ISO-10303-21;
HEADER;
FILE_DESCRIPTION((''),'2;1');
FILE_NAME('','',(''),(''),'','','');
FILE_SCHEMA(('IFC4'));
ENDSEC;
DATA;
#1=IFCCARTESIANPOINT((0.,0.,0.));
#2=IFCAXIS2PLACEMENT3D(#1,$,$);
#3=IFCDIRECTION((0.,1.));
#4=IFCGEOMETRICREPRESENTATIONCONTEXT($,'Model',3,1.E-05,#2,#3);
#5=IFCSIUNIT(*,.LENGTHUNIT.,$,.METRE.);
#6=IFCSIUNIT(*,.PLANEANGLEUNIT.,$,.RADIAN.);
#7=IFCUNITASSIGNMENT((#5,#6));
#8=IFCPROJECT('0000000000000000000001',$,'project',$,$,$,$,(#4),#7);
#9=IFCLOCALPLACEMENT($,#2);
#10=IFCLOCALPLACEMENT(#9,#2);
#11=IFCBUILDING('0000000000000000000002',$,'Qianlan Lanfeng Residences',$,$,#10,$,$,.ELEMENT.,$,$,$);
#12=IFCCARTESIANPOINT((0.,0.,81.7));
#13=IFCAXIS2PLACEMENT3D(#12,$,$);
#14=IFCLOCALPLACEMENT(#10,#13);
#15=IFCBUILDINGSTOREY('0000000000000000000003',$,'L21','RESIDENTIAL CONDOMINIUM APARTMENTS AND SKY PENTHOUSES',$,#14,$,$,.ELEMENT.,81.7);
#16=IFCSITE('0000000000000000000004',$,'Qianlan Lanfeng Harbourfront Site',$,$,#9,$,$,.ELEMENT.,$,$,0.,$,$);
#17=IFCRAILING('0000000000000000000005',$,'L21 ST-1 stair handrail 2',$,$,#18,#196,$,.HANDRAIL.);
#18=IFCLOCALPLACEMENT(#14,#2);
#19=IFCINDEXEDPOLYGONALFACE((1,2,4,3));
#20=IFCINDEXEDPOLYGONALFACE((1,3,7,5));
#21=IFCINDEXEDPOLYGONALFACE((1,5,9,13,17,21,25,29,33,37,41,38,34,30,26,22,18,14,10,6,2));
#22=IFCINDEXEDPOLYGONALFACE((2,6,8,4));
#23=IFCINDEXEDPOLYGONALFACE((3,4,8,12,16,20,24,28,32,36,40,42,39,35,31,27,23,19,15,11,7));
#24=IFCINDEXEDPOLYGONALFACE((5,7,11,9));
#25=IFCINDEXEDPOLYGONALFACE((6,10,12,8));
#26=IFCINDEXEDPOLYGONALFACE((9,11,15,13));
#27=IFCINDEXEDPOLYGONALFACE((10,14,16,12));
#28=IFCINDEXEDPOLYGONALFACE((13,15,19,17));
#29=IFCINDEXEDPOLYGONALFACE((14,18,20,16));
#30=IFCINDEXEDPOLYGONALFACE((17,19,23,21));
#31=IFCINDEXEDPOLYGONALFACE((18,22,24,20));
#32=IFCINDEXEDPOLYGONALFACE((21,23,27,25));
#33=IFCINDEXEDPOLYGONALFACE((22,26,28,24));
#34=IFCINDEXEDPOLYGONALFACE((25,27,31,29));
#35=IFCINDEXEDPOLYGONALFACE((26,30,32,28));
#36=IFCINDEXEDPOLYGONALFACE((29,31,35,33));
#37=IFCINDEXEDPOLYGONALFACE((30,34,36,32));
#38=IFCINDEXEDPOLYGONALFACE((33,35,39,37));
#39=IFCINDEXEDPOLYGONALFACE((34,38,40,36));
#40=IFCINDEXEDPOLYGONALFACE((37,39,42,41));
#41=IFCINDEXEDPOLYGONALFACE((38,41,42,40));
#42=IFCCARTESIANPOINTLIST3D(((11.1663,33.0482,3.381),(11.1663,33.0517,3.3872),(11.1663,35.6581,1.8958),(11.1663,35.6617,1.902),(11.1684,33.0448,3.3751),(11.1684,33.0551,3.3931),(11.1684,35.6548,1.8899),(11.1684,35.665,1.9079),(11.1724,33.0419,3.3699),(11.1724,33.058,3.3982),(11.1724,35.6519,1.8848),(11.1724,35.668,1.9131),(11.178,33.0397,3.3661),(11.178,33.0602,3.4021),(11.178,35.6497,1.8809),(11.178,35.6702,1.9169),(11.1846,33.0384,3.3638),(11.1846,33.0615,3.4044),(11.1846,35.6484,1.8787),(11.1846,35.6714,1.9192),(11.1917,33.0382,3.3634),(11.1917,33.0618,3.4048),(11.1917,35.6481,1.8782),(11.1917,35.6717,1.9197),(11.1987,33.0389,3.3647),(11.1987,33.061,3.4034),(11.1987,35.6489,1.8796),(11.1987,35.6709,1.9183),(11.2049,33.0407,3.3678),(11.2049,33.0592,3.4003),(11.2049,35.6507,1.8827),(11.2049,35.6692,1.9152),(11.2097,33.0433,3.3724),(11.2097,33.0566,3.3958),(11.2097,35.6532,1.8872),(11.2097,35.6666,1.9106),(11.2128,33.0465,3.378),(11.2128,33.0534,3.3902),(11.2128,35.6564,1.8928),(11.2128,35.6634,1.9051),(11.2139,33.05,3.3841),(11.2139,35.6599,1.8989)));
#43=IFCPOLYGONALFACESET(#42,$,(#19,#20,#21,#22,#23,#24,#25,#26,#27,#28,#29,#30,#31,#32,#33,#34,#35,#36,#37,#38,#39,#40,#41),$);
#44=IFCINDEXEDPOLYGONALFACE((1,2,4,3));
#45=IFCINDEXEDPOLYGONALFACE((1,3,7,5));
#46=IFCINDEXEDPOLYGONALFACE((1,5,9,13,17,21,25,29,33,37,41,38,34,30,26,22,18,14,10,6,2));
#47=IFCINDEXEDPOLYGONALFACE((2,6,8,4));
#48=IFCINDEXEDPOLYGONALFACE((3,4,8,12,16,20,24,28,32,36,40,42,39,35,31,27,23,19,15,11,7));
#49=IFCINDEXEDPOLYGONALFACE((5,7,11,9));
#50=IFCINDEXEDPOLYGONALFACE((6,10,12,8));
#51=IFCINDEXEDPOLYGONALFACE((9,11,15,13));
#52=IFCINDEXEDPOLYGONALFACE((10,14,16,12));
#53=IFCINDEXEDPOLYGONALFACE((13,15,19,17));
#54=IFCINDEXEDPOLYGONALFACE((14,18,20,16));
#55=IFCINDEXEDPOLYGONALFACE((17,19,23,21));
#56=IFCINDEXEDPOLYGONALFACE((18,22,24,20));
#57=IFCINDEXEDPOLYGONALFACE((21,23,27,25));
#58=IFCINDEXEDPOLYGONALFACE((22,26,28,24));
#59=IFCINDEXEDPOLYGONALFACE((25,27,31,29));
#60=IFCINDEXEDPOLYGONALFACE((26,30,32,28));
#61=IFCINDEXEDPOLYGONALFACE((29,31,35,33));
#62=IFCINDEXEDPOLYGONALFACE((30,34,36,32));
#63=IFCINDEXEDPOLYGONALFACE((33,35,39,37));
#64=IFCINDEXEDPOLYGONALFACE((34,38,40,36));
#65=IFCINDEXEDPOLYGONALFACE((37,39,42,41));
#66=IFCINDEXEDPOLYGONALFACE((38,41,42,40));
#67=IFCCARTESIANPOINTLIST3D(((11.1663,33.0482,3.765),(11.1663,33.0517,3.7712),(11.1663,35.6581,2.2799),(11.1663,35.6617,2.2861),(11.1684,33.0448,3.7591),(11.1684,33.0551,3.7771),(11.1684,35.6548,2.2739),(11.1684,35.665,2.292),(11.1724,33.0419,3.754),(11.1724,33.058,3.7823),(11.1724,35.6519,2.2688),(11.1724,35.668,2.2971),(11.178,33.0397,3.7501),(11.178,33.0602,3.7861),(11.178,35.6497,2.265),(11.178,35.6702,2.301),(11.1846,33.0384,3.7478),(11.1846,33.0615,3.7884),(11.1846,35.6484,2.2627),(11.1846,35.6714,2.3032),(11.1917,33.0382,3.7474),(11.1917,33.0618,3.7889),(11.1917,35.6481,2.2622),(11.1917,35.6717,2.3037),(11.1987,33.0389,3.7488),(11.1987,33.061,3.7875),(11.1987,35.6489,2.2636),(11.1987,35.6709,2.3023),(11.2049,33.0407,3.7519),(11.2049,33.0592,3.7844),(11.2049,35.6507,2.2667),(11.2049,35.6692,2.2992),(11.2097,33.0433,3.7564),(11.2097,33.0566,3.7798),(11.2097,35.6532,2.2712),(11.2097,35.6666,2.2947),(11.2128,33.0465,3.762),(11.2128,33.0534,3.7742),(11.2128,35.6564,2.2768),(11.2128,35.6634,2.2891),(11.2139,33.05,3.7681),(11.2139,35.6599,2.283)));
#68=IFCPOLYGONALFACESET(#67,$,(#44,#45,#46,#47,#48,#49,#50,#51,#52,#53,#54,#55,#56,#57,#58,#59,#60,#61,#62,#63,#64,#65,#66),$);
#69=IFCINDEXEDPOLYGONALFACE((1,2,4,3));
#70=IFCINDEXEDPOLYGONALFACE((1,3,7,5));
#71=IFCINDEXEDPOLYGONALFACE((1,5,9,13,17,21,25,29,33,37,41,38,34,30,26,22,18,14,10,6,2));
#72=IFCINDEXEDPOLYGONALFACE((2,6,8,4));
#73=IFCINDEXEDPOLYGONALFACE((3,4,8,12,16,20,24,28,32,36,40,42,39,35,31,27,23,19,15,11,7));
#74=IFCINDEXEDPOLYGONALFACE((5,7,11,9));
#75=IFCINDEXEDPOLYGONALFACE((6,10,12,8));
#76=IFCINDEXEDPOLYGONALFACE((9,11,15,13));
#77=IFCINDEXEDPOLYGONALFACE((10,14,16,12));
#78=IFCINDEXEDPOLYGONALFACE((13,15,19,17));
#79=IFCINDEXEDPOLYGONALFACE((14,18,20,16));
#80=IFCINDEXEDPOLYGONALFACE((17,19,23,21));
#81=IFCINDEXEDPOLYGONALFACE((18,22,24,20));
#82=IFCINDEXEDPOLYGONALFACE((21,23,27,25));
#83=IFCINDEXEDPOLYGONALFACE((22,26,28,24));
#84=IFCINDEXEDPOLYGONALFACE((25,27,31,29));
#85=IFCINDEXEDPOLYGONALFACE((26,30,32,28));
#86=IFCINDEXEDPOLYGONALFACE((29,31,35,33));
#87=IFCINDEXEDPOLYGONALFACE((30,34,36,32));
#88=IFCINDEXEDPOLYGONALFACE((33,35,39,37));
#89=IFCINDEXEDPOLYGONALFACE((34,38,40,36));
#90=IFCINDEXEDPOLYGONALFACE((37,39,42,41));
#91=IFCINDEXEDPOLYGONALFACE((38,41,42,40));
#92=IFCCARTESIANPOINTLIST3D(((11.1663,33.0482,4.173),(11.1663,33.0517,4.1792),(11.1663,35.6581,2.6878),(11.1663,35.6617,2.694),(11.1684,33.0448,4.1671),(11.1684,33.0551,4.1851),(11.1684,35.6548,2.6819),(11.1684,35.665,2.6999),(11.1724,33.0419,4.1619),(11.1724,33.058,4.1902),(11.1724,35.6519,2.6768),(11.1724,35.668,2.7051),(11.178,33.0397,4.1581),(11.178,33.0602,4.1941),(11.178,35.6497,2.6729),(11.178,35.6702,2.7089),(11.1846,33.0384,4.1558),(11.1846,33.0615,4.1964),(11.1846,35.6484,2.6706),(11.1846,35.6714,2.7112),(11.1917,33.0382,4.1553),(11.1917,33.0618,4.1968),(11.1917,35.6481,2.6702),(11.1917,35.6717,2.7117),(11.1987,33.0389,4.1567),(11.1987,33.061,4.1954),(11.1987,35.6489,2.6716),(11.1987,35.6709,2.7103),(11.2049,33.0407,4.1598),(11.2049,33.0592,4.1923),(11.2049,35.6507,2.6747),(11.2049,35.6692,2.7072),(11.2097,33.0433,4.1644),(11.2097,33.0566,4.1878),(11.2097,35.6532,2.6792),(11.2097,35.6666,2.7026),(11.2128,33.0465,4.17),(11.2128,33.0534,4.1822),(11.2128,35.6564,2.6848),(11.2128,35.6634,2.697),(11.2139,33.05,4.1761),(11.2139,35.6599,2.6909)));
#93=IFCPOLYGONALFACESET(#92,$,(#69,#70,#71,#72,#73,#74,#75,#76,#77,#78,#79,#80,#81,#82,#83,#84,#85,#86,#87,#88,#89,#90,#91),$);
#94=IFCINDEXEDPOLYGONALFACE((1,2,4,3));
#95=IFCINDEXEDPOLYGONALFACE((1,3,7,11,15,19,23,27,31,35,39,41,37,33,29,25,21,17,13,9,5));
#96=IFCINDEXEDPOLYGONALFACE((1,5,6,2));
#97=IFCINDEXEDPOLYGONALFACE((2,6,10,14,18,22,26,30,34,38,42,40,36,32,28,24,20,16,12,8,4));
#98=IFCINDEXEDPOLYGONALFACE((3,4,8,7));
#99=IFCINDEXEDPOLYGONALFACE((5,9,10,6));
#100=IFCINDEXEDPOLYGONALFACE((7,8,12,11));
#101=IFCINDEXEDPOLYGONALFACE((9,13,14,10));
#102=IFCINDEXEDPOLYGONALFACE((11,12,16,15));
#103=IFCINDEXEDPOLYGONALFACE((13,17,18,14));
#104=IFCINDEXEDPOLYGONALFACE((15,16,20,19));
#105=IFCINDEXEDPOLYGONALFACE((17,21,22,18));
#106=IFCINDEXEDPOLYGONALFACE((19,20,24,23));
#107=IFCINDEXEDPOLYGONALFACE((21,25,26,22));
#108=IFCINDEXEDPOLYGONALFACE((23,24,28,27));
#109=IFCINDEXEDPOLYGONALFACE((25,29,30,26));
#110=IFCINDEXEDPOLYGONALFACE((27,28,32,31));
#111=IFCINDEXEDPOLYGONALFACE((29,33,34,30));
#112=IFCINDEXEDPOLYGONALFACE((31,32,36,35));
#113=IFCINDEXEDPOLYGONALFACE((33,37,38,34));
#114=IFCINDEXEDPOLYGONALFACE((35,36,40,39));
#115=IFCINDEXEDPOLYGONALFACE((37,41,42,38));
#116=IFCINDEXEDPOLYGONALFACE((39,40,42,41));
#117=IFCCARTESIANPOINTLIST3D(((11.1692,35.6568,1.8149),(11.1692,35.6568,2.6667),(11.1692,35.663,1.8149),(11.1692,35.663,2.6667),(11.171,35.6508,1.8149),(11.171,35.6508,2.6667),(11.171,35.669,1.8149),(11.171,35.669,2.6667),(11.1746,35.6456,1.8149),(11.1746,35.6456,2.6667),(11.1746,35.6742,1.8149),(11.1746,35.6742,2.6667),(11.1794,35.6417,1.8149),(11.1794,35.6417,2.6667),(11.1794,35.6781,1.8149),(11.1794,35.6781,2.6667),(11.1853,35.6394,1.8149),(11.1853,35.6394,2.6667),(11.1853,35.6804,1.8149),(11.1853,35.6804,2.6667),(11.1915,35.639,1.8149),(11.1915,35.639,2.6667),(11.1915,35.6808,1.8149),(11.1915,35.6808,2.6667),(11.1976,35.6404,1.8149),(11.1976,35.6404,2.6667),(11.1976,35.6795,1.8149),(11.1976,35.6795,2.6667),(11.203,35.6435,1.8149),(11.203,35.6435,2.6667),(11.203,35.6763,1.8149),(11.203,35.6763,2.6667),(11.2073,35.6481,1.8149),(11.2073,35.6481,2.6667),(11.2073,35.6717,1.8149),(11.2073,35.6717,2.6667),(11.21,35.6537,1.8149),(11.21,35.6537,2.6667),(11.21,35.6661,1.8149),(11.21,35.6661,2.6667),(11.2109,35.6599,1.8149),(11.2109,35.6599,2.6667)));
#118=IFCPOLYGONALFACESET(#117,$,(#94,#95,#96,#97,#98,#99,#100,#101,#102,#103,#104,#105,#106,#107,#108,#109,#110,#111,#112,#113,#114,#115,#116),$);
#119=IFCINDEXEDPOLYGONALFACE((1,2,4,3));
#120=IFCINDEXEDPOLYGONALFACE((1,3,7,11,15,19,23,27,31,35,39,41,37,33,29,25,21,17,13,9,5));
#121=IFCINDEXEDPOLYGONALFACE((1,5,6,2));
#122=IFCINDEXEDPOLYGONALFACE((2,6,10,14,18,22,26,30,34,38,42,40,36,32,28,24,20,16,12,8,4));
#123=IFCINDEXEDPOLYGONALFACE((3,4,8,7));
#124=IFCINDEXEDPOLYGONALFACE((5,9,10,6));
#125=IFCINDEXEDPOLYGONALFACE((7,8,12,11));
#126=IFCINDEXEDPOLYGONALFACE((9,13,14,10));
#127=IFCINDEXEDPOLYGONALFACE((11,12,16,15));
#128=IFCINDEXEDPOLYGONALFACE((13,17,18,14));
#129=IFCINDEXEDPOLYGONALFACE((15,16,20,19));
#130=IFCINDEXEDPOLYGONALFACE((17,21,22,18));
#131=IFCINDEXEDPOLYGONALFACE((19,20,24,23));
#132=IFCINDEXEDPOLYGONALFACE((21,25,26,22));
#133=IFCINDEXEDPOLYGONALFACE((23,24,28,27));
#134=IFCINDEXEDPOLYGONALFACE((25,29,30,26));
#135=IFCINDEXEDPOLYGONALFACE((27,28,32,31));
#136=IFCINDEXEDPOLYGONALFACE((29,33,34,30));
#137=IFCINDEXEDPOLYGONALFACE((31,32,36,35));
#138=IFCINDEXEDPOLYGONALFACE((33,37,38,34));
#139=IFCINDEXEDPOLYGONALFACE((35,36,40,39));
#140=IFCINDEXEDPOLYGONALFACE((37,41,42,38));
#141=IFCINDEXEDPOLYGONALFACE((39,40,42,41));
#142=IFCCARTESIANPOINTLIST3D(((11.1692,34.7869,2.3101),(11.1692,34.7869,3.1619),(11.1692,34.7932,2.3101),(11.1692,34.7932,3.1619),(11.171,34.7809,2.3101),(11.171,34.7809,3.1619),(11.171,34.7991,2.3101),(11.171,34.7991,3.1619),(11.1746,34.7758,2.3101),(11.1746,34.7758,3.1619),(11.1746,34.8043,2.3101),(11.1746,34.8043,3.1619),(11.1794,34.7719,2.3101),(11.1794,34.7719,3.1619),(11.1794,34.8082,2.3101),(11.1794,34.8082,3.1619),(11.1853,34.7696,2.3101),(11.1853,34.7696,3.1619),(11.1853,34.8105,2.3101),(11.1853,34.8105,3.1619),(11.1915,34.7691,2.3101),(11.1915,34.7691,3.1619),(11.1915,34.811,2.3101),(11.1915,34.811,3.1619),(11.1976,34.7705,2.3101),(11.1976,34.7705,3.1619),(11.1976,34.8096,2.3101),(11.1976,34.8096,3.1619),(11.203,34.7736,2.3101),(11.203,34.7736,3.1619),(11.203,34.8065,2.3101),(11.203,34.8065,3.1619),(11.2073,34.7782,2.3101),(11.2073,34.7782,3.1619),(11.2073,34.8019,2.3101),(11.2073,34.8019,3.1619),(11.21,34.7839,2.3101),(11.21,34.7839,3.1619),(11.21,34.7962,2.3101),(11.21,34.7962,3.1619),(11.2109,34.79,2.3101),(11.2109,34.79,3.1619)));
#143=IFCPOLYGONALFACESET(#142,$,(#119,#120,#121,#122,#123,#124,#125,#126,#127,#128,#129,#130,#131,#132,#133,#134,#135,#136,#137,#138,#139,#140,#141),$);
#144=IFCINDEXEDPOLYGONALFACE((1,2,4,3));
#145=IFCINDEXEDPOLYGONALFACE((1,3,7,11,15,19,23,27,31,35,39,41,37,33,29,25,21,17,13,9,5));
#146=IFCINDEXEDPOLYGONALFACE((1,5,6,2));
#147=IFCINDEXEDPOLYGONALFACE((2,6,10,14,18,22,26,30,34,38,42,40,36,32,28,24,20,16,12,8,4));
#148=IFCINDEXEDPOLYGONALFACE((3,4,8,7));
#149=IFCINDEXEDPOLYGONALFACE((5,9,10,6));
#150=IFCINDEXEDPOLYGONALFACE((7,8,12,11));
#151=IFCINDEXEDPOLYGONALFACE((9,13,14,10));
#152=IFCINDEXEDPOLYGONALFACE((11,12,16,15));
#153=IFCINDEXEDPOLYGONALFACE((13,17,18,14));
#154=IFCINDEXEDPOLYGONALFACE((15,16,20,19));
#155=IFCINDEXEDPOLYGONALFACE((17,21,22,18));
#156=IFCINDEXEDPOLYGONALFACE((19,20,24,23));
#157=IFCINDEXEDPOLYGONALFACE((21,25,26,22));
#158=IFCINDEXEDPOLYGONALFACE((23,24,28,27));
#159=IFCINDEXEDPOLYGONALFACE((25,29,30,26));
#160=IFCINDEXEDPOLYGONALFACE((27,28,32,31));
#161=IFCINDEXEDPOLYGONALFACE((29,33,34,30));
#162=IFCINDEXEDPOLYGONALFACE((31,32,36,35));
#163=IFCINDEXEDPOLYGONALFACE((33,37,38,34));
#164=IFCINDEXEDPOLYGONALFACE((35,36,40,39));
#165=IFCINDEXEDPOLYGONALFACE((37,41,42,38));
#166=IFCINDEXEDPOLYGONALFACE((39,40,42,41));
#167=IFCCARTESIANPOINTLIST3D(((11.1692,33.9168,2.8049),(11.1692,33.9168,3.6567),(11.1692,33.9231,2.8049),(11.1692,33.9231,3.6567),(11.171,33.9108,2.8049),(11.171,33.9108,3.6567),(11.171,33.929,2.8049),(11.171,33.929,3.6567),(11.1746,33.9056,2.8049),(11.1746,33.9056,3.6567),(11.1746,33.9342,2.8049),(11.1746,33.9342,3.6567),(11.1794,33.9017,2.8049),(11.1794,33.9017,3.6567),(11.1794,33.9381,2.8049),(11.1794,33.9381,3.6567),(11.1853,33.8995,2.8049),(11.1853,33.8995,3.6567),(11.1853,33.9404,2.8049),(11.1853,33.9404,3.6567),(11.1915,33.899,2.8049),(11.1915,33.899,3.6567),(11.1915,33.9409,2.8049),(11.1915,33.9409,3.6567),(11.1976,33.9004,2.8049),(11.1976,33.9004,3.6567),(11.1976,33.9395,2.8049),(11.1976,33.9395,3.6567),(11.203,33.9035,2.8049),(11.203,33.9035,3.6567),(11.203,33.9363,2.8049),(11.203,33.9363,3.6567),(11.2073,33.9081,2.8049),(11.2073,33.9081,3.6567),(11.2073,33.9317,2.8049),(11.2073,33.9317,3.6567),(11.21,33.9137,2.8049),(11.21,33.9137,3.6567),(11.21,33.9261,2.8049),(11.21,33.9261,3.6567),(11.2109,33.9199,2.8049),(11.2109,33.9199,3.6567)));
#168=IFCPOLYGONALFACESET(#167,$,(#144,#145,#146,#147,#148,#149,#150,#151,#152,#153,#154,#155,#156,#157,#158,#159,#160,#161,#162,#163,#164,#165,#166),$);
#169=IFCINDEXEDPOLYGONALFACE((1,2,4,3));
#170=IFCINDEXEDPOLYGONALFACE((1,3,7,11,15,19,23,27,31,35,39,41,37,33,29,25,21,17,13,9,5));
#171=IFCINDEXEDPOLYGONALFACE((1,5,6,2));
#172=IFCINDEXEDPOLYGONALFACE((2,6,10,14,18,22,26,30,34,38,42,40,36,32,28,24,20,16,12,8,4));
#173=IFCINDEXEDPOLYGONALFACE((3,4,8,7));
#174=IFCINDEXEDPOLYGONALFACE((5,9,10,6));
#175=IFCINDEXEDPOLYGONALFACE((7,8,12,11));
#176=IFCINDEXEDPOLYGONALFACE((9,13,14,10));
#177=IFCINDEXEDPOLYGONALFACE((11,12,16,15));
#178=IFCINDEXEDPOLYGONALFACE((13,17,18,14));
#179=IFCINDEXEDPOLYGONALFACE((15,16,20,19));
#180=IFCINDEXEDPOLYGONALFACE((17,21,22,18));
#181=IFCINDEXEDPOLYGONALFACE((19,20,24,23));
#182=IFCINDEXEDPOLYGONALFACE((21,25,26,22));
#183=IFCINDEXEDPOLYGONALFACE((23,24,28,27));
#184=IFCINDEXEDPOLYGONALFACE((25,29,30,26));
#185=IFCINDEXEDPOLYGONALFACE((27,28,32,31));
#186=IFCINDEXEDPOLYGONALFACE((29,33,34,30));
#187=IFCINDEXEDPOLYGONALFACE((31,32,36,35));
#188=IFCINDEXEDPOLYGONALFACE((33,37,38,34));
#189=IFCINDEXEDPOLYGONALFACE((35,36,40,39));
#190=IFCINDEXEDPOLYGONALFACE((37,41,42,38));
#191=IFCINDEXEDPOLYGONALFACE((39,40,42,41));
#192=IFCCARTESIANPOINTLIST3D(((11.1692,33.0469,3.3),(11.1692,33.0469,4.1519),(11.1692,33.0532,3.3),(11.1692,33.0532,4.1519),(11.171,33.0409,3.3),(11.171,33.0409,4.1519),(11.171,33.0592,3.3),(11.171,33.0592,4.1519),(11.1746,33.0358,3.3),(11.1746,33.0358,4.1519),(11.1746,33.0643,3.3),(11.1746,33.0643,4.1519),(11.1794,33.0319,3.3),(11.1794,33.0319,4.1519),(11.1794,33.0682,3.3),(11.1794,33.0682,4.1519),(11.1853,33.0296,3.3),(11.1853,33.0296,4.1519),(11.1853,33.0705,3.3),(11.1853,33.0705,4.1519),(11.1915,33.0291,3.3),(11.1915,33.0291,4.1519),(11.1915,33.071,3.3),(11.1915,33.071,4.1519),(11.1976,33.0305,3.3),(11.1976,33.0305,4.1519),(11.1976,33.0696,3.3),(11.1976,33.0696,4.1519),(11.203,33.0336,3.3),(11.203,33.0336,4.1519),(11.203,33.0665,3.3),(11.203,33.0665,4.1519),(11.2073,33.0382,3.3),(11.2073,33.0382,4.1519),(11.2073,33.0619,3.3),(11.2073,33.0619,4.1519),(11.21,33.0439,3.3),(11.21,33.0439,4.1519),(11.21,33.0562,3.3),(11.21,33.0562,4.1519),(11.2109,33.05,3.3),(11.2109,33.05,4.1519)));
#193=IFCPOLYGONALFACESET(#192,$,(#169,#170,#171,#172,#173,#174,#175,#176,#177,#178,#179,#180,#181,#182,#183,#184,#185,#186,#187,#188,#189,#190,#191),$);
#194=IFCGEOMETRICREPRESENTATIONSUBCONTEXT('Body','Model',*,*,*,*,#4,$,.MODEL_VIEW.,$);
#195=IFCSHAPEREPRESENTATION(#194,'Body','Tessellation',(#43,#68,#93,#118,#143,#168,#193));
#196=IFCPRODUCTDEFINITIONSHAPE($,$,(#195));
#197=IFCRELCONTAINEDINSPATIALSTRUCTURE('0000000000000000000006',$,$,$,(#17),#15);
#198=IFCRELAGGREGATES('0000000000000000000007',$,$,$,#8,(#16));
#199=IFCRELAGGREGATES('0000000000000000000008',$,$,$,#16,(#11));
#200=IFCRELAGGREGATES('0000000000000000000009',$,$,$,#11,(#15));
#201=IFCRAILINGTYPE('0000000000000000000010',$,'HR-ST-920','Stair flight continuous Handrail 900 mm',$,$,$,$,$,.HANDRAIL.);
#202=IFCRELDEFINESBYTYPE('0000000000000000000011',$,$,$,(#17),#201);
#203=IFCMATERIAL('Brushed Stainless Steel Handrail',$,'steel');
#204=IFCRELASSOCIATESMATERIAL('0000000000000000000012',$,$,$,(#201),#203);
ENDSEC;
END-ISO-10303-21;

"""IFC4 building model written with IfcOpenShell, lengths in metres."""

from ifc_helpers import new_model, si_unit, direction, frame, origin, origin_2d, place, context, subcontext, project, spatial, circle, extrude, material, type_object, element, save


model = new_model("IFC4")

# Units and contexts
model_context = context("Model", 3, precision=1e-05, world=origin(), true_north=direction((0.0, 1.0)))
body_context = subcontext(model_context, "Body", "Model", "MODEL_VIEW")
ifc_project = project(units=[si_unit("LENGTHUNIT", "METRE"), si_unit("PLANEANGLEUNIT", "RADIAN")], contexts=[model_context])

# Site, building, storey
site_placement = place(None, origin())
site = spatial("IfcSite", under=ifc_project, at=site_placement, Name="Qianlan Lanfeng Harbourfront Site", CompositionType="ELEMENT", RefElevation=0.0)
building_placement = place(site_placement, origin())
building = spatial("IfcBuilding", under=site, at=building_placement, Name="Qianlan Lanfeng Residences", CompositionType="ELEMENT")
storey_placement = place(building_placement, frame((0.0, 0.0, 81.7)))
storey = spatial("IfcBuildingStorey", under=building, at=storey_placement, Name="L21", Description="RESIDENTIAL CONDOMINIUM APARTMENTS AND SKY PENTHOUSES", CompositionType="ELEMENT", Elevation=81.7)

# Railing
ifc_material_1 = material(Name="Brushed Stainless Steel Handrail", Category="steel")
railing_type_1 = type_object("IfcRailingType", Name="HR-ST-920", Description="Stair flight continuous Handrail 900 mm", PredefinedType="HANDRAIL", material=ifc_material_1)
railing_1_placement = place(storey_placement, frame((11.1899, 35.6599, 1.8149)))
element("IfcRailing", 1, at=railing_1_placement, inside=storey, type_object=railing_type_1, Name="L21 ST-1 stair handrail 2", PredefinedType="HANDRAIL", context=body_context, shape_type="SweptSolid", body=[
    extrude(circle(Radius=0.0239, at=origin_2d()), frame((0.0, 0.0, 0.084), z_axis=(0.0, -0.869137, 0.494571), x_axis=(1.0, 0.0, 0.0)), (0.0, 0.0, 1.0), 3.0029),
    extrude(circle(Radius=0.0239, at=origin_2d()), frame((0.0, 0.0, 0.468), z_axis=(0.0, -0.869137, 0.494571), x_axis=(1.0, 0.0, 0.0)), (0.0, 0.0, 1.0), 3.0029),
    extrude(circle(Radius=0.0239, at=origin_2d()), frame((0.0, 0.0, 0.876), z_axis=(0.0, -0.869137, 0.494571), x_axis=(1.0, 0.0, 0.0)), (0.0, 0.0, 1.0), 3.0029),
    extrude(circle(Radius=0.021, at=origin_2d()), origin(), (0.0, 0.0, 1.0), 0.8518),
    extrude(circle(Radius=0.021, at=origin_2d()), frame((0.0, -0.8699, 0.4951)), (0.0, 0.0, 1.0), 0.8518),
    extrude(circle(Radius=0.021, at=origin_2d()), frame((0.0, -1.74, 0.99)), (0.0, 0.0, 1.0), 0.8518),
    extrude(circle(Radius=0.021, at=origin_2d()), frame((0.0, -2.6099, 1.4851)), (0.0, 0.0, 1.0), 0.8518),
])

save(model, "model.ifc")
